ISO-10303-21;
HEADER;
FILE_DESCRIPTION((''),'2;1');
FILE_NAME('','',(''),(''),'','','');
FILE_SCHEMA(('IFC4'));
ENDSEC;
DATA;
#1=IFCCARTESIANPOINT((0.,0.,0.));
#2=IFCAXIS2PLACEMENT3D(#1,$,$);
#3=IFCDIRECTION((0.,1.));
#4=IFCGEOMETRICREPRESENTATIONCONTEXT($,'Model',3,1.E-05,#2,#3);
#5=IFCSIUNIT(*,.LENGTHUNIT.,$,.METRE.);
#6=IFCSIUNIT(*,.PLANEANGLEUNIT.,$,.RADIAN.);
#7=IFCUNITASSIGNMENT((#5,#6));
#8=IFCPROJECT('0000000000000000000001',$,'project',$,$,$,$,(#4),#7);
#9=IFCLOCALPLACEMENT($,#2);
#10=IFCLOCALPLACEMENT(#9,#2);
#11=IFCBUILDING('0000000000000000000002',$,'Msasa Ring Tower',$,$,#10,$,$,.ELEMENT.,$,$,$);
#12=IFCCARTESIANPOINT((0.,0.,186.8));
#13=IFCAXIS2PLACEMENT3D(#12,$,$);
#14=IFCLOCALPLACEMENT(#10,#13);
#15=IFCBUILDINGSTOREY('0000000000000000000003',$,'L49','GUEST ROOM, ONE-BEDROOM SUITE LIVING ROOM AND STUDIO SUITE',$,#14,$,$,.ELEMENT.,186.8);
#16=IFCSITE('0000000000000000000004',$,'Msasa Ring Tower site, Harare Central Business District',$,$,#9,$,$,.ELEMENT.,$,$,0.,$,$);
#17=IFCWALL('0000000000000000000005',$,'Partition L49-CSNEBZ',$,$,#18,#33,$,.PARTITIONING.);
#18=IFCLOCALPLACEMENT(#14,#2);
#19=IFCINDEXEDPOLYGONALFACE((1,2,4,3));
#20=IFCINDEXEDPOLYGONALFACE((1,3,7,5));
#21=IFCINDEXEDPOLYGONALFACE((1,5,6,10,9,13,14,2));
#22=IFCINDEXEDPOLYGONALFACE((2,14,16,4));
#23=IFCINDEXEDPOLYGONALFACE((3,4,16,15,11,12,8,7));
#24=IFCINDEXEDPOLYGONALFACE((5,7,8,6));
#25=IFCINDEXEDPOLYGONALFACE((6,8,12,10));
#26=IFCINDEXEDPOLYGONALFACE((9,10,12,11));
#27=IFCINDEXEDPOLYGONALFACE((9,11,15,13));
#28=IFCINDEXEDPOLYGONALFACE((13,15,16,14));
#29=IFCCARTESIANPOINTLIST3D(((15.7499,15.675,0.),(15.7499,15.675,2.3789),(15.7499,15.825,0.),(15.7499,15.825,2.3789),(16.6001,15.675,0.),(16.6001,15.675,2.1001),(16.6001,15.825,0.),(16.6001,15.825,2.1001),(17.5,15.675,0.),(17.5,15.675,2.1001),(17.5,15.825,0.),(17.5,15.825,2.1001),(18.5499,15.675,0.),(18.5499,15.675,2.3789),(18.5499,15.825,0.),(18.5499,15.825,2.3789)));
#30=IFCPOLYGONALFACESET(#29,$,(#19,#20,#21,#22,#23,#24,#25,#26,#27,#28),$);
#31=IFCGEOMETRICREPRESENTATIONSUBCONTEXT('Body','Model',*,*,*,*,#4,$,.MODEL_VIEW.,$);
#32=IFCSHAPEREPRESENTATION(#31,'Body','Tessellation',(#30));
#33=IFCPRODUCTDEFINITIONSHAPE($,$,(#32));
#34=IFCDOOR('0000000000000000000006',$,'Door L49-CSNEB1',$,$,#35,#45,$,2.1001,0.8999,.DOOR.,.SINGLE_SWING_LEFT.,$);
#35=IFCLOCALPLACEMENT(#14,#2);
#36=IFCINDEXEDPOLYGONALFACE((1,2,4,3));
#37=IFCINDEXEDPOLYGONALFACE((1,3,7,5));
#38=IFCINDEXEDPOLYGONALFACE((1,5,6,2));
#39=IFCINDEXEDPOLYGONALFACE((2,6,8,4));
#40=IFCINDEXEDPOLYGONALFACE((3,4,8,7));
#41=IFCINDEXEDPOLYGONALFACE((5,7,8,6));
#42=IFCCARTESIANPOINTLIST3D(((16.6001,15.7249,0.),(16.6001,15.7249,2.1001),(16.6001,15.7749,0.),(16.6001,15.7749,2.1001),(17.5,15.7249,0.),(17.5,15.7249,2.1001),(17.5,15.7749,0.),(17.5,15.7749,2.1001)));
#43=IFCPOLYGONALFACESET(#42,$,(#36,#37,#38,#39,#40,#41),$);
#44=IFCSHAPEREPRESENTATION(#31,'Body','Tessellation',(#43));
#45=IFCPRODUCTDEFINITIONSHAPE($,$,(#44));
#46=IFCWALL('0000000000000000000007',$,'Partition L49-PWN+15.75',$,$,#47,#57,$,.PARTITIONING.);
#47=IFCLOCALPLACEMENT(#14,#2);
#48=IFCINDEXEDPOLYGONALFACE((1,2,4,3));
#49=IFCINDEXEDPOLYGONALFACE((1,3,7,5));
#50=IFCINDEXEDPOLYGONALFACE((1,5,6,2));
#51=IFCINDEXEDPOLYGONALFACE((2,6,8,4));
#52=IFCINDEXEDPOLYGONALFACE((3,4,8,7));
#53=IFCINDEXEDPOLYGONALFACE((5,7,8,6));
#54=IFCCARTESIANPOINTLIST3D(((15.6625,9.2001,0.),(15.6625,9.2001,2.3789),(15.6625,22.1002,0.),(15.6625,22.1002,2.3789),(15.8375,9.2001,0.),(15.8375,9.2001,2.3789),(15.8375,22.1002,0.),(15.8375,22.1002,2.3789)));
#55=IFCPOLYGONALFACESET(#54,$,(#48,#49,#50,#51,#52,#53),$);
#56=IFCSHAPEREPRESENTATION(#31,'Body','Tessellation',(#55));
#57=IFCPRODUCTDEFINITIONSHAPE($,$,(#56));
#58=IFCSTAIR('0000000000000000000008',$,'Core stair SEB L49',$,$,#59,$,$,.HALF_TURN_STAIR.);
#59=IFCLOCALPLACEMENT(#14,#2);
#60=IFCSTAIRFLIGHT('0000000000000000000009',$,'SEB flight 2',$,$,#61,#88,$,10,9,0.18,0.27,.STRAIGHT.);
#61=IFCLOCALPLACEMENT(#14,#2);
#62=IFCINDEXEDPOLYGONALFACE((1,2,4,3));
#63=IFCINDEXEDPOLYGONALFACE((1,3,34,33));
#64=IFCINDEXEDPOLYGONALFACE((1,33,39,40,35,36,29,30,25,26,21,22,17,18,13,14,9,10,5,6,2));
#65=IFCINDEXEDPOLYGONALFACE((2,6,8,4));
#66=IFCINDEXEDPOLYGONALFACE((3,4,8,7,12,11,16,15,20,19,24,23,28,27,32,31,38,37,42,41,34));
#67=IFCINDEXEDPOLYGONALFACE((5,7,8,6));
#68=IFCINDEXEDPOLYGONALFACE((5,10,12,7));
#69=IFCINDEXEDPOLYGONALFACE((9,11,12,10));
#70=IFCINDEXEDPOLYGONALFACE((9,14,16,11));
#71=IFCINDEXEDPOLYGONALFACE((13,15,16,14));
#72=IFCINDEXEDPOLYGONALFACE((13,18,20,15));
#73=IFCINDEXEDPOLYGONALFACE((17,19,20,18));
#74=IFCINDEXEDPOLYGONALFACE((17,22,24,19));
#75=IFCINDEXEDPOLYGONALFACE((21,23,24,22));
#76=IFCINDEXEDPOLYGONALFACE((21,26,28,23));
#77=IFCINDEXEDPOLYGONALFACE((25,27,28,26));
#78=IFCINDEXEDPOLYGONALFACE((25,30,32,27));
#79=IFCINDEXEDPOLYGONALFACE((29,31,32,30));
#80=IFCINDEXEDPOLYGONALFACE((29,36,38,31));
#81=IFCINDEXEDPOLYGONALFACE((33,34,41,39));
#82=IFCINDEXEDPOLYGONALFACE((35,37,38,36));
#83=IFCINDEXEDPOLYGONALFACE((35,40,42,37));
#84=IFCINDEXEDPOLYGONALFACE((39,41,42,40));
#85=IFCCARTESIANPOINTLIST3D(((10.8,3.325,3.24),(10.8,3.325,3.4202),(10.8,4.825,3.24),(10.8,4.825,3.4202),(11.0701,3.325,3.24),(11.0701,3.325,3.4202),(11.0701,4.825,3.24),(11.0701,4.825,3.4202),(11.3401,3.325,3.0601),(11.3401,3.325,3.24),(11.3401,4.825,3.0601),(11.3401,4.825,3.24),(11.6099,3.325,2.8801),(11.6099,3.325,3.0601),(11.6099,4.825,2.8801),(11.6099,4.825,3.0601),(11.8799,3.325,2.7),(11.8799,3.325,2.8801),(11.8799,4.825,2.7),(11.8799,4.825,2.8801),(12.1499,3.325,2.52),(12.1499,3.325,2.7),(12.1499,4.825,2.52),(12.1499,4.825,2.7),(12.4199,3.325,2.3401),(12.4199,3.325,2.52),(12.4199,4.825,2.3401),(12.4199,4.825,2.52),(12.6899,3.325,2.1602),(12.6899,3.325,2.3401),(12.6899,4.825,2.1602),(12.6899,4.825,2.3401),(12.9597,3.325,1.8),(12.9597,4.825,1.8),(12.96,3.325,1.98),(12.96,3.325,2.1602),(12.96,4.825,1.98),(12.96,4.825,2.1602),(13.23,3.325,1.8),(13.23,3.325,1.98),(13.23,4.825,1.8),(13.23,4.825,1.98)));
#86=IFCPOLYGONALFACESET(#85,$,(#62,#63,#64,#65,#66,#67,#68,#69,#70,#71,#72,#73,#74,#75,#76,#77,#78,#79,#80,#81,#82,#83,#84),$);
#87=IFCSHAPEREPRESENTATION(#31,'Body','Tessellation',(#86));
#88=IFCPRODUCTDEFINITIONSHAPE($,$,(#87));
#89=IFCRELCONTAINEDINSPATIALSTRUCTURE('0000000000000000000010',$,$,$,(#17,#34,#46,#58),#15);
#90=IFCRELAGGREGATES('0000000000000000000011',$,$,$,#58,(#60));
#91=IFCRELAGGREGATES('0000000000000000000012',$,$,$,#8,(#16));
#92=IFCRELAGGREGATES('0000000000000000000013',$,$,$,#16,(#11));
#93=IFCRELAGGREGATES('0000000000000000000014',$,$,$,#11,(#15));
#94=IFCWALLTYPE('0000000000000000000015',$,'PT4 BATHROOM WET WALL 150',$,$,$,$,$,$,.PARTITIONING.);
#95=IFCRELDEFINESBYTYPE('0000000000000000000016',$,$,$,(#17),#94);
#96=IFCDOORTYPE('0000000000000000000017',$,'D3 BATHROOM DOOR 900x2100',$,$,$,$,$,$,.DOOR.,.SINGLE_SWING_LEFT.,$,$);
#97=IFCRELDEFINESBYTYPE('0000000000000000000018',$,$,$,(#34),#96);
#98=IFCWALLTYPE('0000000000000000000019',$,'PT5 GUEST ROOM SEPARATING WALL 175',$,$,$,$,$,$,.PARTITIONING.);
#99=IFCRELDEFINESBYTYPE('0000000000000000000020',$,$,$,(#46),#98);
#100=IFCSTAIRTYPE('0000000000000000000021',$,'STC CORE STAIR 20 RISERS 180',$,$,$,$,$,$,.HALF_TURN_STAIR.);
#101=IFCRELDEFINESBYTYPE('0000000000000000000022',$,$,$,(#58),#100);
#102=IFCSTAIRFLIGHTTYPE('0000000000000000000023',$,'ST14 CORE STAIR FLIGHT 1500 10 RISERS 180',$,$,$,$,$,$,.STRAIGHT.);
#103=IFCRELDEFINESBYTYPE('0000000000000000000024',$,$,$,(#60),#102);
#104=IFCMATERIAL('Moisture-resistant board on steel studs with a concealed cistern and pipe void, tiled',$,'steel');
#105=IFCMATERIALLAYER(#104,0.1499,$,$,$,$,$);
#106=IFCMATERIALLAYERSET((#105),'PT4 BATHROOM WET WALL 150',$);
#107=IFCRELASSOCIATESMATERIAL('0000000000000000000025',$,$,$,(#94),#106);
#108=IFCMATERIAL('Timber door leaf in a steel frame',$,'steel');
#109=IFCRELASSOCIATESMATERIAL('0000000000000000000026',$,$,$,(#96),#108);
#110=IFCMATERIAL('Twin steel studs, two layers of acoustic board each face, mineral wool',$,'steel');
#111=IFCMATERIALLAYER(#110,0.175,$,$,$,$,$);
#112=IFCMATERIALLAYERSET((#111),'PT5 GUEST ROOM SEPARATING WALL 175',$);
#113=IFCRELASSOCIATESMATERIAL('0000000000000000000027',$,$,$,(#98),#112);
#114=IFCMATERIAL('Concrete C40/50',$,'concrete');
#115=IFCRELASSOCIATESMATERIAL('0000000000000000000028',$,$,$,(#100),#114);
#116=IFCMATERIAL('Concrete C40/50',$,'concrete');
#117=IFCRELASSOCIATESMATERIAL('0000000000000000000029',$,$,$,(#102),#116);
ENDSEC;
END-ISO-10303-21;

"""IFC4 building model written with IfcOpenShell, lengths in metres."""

from ifc_helpers import new_model, si_unit, direction, frame, frame_2d, origin, place, context, subcontext, project, spatial, polyline, rectangle, outline, extrude, material, layer, layer_set, type_object, element, fill, aggregate, save


model = new_model("IFC4")

# Units and contexts
model_context = context("Model", 3, precision=1e-05, world=origin(), true_north=direction((0.0, 1.0)))
body_context = subcontext(model_context, "Body", "Model", "MODEL_VIEW")
ifc_project = project(units=[si_unit("LENGTHUNIT", "METRE"), si_unit("PLANEANGLEUNIT", "RADIAN")], contexts=[model_context])

# Site, building, storey
site_placement = place(None, origin())
site = spatial("IfcSite", under=ifc_project, at=site_placement, Name="Msasa Ring Tower site, Harare Central Business District", CompositionType="ELEMENT", RefElevation=0.0)
building_placement = place(site_placement, origin())
building = spatial("IfcBuilding", under=site, at=building_placement, Name="Msasa Ring Tower", CompositionType="ELEMENT")
storey_placement = place(building_placement, frame((0.0, 0.0, 186.8)))
storey = spatial("IfcBuildingStorey", under=building, at=storey_placement, Name="L49", Description="GUEST ROOM, ONE-BEDROOM SUITE LIVING ROOM AND STUDIO SUITE", CompositionType="ELEMENT", Elevation=186.8)

# Shared definitions
ifc_material_1 = material(Name="Moisture-resistant board on steel studs with a concealed cistern and pipe void, tiled", Category="steel")
ifc_layer_1 = layer(ifc_material_1, 0.1499)
ifc_layer_set_1 = layer_set([ifc_layer_1], Name="PT4 BATHROOM WET WALL 150")
wall_type_1 = type_object("IfcWallType", Name="PT4 BATHROOM WET WALL 150", PredefinedType="PARTITIONING", material=ifc_layer_set_1)
ifc_material_2 = material(Name="Timber door leaf in a steel frame", Category="steel")
door_type_1 = type_object("IfcDoorType", Name="D3 BATHROOM DOOR 900x2100", OperationType="SINGLE_SWING_LEFT", PredefinedType="DOOR", material=ifc_material_2)

# Wall, opening, door
wall_1_placement = place(storey_placement, frame((15.75, 15.75, 0.0), z_axis=(0.0, 0.0, 1.0), x_axis=(1.0, 0.0, 0.0)))
wall_1 = element("IfcWall", 1, at=wall_1_placement, inside=storey, type_object=wall_type_1, Name="Partition L49-CSNEBZ", PredefinedType="PARTITIONING", context=body_context, shape_type="SweptSolid", body=[
    extrude(rectangle(XDim=2.8, YDim=0.1499, at=frame_2d((1.3999, 0.0))), origin(), (0.0, 0.0, 1.0), 2.3789),
])
opening_1_placement = place(wall_1_placement, frame((0.8501, 0.0, 0.0)))
opening_1 = element("IfcOpeningElement", 2, at=opening_1_placement, cuts=wall_1, PredefinedType="OPENING", context=body_context, shape_type="SweptSolid", body=[
    extrude(rectangle(XDim=0.8999, YDim=2.1001, at=frame_2d((0.45, 1.05))), frame((0.0, 0.085, 0.0), z_axis=(0.0, -1.0, 0.0), x_axis=(1.0, 0.0, 0.0)), (0.0, 0.0, 1.0), 0.1699),
])
door_1_placement = place(opening_1_placement, origin())
door_1 = element("IfcDoor", 3, at=door_1_placement, inside=storey, type_object=door_type_1, Name="Door L49-CSNEB1", OperationType="SINGLE_SWING_LEFT", OverallHeight=2.1001, OverallWidth=0.8999, PredefinedType="DOOR", context=body_context, shape_type="SweptSolid", body=[
    extrude(rectangle(XDim=0.8999, YDim=2.1001, at=frame_2d((0.45, 1.05))), frame((0.0, 0.0249, 0.0), z_axis=(0.0, -1.0, 0.0), x_axis=(1.0, 0.0, 0.0)), (0.0, 0.0, 1.0), 0.05),
])
fill(opening_1, door_1)

# Wall
ifc_material_3 = material(Name="Twin steel studs, two layers of acoustic board each face, mineral wool", Category="steel")
ifc_layer_2 = layer(ifc_material_3, 0.175)
ifc_layer_set_2 = layer_set([ifc_layer_2], Name="PT5 GUEST ROOM SEPARATING WALL 175")
wall_type_2 = type_object("IfcWallType", Name="PT5 GUEST ROOM SEPARATING WALL 175", PredefinedType="PARTITIONING", material=ifc_layer_set_2)
wall_2_placement = place(storey_placement, frame((15.75, 9.2, 0.0), z_axis=(0.0, 0.0, 1.0), x_axis=(0.0, 1.0, 0.0)))
element("IfcWall", 4, at=wall_2_placement, inside=storey, type_object=wall_type_2, Name="Partition L49-PWN+15.75", PredefinedType="PARTITIONING", context=body_context, shape_type="SweptSolid", body=[
    extrude(rectangle(XDim=12.9001, YDim=0.175, at=frame_2d((6.4502, 0.0))), origin(), (0.0, 0.0, 1.0), 2.3789),
])

# Stair, stair flight
ifc_material_4 = material(Name="Concrete C40/50", Category="concrete")
stair_type = type_object("IfcStairType", Name="STC CORE STAIR 20 RISERS 180", PredefinedType="HALF_TURN_STAIR", material=ifc_material_4)
stair_placement = place(storey_placement, origin())
stair = element("IfcStair", 5, at=stair_placement, inside=storey, type_object=stair_type, Name="Core stair SEB L49", PredefinedType="HALF_TURN_STAIR")
ifc_material_5 = material(Name="Concrete C40/50", Category="concrete")
stair_flight_type = type_object("IfcStairFlightType", Name="ST14 CORE STAIR FLIGHT 1500 10 RISERS 180", PredefinedType="STRAIGHT", material=ifc_material_5)
stair_flight_placement = place(storey_placement, frame((13.23, 4.075, 1.8), z_axis=(0.0, 0.0, 1.0), x_axis=(-1.0, 0.0, 0.0)))
stair_flight = element("IfcStairFlight", 6, at=stair_flight_placement, type_object=stair_flight_type, Name="SEB flight 2", NumberOfRisers=10, NumberOfTreads=9, PredefinedType="STRAIGHT", RiserHeight=0.18, TreadLength=0.27, context=body_context, shape_type="SweptSolid", body=[
    extrude(outline(polyline([(0.0, 0.0), (0.0, 0.1799), (0.27, 0.1799), (0.27, 0.3601), (0.54, 0.3601), (0.54, 0.54), (0.8101, 0.54), (0.8101, 0.72), (1.0801, 0.72), (1.0801, 0.8999), (1.3501, 0.8999), (1.3501, 1.0801), (1.6201, 1.0801), (1.6201, 1.26), (1.8899, 1.26), (1.8899, 1.4399), (2.1599, 1.4399), (2.1599, 1.6201), (2.4299, 1.6201), (2.4299, 1.8), (2.4299, 1.4399), (0.2703, 0.0), (0.0, 0.0)])), frame((0.0, 0.75, 0.0), z_axis=(0.0, -1.0, 0.0), x_axis=(1.0, 0.0, 0.0)), (0.0, 0.0, 1.0), 1.5),
])
aggregate(stair, [stair_flight])

save(model, "model.ifc")
